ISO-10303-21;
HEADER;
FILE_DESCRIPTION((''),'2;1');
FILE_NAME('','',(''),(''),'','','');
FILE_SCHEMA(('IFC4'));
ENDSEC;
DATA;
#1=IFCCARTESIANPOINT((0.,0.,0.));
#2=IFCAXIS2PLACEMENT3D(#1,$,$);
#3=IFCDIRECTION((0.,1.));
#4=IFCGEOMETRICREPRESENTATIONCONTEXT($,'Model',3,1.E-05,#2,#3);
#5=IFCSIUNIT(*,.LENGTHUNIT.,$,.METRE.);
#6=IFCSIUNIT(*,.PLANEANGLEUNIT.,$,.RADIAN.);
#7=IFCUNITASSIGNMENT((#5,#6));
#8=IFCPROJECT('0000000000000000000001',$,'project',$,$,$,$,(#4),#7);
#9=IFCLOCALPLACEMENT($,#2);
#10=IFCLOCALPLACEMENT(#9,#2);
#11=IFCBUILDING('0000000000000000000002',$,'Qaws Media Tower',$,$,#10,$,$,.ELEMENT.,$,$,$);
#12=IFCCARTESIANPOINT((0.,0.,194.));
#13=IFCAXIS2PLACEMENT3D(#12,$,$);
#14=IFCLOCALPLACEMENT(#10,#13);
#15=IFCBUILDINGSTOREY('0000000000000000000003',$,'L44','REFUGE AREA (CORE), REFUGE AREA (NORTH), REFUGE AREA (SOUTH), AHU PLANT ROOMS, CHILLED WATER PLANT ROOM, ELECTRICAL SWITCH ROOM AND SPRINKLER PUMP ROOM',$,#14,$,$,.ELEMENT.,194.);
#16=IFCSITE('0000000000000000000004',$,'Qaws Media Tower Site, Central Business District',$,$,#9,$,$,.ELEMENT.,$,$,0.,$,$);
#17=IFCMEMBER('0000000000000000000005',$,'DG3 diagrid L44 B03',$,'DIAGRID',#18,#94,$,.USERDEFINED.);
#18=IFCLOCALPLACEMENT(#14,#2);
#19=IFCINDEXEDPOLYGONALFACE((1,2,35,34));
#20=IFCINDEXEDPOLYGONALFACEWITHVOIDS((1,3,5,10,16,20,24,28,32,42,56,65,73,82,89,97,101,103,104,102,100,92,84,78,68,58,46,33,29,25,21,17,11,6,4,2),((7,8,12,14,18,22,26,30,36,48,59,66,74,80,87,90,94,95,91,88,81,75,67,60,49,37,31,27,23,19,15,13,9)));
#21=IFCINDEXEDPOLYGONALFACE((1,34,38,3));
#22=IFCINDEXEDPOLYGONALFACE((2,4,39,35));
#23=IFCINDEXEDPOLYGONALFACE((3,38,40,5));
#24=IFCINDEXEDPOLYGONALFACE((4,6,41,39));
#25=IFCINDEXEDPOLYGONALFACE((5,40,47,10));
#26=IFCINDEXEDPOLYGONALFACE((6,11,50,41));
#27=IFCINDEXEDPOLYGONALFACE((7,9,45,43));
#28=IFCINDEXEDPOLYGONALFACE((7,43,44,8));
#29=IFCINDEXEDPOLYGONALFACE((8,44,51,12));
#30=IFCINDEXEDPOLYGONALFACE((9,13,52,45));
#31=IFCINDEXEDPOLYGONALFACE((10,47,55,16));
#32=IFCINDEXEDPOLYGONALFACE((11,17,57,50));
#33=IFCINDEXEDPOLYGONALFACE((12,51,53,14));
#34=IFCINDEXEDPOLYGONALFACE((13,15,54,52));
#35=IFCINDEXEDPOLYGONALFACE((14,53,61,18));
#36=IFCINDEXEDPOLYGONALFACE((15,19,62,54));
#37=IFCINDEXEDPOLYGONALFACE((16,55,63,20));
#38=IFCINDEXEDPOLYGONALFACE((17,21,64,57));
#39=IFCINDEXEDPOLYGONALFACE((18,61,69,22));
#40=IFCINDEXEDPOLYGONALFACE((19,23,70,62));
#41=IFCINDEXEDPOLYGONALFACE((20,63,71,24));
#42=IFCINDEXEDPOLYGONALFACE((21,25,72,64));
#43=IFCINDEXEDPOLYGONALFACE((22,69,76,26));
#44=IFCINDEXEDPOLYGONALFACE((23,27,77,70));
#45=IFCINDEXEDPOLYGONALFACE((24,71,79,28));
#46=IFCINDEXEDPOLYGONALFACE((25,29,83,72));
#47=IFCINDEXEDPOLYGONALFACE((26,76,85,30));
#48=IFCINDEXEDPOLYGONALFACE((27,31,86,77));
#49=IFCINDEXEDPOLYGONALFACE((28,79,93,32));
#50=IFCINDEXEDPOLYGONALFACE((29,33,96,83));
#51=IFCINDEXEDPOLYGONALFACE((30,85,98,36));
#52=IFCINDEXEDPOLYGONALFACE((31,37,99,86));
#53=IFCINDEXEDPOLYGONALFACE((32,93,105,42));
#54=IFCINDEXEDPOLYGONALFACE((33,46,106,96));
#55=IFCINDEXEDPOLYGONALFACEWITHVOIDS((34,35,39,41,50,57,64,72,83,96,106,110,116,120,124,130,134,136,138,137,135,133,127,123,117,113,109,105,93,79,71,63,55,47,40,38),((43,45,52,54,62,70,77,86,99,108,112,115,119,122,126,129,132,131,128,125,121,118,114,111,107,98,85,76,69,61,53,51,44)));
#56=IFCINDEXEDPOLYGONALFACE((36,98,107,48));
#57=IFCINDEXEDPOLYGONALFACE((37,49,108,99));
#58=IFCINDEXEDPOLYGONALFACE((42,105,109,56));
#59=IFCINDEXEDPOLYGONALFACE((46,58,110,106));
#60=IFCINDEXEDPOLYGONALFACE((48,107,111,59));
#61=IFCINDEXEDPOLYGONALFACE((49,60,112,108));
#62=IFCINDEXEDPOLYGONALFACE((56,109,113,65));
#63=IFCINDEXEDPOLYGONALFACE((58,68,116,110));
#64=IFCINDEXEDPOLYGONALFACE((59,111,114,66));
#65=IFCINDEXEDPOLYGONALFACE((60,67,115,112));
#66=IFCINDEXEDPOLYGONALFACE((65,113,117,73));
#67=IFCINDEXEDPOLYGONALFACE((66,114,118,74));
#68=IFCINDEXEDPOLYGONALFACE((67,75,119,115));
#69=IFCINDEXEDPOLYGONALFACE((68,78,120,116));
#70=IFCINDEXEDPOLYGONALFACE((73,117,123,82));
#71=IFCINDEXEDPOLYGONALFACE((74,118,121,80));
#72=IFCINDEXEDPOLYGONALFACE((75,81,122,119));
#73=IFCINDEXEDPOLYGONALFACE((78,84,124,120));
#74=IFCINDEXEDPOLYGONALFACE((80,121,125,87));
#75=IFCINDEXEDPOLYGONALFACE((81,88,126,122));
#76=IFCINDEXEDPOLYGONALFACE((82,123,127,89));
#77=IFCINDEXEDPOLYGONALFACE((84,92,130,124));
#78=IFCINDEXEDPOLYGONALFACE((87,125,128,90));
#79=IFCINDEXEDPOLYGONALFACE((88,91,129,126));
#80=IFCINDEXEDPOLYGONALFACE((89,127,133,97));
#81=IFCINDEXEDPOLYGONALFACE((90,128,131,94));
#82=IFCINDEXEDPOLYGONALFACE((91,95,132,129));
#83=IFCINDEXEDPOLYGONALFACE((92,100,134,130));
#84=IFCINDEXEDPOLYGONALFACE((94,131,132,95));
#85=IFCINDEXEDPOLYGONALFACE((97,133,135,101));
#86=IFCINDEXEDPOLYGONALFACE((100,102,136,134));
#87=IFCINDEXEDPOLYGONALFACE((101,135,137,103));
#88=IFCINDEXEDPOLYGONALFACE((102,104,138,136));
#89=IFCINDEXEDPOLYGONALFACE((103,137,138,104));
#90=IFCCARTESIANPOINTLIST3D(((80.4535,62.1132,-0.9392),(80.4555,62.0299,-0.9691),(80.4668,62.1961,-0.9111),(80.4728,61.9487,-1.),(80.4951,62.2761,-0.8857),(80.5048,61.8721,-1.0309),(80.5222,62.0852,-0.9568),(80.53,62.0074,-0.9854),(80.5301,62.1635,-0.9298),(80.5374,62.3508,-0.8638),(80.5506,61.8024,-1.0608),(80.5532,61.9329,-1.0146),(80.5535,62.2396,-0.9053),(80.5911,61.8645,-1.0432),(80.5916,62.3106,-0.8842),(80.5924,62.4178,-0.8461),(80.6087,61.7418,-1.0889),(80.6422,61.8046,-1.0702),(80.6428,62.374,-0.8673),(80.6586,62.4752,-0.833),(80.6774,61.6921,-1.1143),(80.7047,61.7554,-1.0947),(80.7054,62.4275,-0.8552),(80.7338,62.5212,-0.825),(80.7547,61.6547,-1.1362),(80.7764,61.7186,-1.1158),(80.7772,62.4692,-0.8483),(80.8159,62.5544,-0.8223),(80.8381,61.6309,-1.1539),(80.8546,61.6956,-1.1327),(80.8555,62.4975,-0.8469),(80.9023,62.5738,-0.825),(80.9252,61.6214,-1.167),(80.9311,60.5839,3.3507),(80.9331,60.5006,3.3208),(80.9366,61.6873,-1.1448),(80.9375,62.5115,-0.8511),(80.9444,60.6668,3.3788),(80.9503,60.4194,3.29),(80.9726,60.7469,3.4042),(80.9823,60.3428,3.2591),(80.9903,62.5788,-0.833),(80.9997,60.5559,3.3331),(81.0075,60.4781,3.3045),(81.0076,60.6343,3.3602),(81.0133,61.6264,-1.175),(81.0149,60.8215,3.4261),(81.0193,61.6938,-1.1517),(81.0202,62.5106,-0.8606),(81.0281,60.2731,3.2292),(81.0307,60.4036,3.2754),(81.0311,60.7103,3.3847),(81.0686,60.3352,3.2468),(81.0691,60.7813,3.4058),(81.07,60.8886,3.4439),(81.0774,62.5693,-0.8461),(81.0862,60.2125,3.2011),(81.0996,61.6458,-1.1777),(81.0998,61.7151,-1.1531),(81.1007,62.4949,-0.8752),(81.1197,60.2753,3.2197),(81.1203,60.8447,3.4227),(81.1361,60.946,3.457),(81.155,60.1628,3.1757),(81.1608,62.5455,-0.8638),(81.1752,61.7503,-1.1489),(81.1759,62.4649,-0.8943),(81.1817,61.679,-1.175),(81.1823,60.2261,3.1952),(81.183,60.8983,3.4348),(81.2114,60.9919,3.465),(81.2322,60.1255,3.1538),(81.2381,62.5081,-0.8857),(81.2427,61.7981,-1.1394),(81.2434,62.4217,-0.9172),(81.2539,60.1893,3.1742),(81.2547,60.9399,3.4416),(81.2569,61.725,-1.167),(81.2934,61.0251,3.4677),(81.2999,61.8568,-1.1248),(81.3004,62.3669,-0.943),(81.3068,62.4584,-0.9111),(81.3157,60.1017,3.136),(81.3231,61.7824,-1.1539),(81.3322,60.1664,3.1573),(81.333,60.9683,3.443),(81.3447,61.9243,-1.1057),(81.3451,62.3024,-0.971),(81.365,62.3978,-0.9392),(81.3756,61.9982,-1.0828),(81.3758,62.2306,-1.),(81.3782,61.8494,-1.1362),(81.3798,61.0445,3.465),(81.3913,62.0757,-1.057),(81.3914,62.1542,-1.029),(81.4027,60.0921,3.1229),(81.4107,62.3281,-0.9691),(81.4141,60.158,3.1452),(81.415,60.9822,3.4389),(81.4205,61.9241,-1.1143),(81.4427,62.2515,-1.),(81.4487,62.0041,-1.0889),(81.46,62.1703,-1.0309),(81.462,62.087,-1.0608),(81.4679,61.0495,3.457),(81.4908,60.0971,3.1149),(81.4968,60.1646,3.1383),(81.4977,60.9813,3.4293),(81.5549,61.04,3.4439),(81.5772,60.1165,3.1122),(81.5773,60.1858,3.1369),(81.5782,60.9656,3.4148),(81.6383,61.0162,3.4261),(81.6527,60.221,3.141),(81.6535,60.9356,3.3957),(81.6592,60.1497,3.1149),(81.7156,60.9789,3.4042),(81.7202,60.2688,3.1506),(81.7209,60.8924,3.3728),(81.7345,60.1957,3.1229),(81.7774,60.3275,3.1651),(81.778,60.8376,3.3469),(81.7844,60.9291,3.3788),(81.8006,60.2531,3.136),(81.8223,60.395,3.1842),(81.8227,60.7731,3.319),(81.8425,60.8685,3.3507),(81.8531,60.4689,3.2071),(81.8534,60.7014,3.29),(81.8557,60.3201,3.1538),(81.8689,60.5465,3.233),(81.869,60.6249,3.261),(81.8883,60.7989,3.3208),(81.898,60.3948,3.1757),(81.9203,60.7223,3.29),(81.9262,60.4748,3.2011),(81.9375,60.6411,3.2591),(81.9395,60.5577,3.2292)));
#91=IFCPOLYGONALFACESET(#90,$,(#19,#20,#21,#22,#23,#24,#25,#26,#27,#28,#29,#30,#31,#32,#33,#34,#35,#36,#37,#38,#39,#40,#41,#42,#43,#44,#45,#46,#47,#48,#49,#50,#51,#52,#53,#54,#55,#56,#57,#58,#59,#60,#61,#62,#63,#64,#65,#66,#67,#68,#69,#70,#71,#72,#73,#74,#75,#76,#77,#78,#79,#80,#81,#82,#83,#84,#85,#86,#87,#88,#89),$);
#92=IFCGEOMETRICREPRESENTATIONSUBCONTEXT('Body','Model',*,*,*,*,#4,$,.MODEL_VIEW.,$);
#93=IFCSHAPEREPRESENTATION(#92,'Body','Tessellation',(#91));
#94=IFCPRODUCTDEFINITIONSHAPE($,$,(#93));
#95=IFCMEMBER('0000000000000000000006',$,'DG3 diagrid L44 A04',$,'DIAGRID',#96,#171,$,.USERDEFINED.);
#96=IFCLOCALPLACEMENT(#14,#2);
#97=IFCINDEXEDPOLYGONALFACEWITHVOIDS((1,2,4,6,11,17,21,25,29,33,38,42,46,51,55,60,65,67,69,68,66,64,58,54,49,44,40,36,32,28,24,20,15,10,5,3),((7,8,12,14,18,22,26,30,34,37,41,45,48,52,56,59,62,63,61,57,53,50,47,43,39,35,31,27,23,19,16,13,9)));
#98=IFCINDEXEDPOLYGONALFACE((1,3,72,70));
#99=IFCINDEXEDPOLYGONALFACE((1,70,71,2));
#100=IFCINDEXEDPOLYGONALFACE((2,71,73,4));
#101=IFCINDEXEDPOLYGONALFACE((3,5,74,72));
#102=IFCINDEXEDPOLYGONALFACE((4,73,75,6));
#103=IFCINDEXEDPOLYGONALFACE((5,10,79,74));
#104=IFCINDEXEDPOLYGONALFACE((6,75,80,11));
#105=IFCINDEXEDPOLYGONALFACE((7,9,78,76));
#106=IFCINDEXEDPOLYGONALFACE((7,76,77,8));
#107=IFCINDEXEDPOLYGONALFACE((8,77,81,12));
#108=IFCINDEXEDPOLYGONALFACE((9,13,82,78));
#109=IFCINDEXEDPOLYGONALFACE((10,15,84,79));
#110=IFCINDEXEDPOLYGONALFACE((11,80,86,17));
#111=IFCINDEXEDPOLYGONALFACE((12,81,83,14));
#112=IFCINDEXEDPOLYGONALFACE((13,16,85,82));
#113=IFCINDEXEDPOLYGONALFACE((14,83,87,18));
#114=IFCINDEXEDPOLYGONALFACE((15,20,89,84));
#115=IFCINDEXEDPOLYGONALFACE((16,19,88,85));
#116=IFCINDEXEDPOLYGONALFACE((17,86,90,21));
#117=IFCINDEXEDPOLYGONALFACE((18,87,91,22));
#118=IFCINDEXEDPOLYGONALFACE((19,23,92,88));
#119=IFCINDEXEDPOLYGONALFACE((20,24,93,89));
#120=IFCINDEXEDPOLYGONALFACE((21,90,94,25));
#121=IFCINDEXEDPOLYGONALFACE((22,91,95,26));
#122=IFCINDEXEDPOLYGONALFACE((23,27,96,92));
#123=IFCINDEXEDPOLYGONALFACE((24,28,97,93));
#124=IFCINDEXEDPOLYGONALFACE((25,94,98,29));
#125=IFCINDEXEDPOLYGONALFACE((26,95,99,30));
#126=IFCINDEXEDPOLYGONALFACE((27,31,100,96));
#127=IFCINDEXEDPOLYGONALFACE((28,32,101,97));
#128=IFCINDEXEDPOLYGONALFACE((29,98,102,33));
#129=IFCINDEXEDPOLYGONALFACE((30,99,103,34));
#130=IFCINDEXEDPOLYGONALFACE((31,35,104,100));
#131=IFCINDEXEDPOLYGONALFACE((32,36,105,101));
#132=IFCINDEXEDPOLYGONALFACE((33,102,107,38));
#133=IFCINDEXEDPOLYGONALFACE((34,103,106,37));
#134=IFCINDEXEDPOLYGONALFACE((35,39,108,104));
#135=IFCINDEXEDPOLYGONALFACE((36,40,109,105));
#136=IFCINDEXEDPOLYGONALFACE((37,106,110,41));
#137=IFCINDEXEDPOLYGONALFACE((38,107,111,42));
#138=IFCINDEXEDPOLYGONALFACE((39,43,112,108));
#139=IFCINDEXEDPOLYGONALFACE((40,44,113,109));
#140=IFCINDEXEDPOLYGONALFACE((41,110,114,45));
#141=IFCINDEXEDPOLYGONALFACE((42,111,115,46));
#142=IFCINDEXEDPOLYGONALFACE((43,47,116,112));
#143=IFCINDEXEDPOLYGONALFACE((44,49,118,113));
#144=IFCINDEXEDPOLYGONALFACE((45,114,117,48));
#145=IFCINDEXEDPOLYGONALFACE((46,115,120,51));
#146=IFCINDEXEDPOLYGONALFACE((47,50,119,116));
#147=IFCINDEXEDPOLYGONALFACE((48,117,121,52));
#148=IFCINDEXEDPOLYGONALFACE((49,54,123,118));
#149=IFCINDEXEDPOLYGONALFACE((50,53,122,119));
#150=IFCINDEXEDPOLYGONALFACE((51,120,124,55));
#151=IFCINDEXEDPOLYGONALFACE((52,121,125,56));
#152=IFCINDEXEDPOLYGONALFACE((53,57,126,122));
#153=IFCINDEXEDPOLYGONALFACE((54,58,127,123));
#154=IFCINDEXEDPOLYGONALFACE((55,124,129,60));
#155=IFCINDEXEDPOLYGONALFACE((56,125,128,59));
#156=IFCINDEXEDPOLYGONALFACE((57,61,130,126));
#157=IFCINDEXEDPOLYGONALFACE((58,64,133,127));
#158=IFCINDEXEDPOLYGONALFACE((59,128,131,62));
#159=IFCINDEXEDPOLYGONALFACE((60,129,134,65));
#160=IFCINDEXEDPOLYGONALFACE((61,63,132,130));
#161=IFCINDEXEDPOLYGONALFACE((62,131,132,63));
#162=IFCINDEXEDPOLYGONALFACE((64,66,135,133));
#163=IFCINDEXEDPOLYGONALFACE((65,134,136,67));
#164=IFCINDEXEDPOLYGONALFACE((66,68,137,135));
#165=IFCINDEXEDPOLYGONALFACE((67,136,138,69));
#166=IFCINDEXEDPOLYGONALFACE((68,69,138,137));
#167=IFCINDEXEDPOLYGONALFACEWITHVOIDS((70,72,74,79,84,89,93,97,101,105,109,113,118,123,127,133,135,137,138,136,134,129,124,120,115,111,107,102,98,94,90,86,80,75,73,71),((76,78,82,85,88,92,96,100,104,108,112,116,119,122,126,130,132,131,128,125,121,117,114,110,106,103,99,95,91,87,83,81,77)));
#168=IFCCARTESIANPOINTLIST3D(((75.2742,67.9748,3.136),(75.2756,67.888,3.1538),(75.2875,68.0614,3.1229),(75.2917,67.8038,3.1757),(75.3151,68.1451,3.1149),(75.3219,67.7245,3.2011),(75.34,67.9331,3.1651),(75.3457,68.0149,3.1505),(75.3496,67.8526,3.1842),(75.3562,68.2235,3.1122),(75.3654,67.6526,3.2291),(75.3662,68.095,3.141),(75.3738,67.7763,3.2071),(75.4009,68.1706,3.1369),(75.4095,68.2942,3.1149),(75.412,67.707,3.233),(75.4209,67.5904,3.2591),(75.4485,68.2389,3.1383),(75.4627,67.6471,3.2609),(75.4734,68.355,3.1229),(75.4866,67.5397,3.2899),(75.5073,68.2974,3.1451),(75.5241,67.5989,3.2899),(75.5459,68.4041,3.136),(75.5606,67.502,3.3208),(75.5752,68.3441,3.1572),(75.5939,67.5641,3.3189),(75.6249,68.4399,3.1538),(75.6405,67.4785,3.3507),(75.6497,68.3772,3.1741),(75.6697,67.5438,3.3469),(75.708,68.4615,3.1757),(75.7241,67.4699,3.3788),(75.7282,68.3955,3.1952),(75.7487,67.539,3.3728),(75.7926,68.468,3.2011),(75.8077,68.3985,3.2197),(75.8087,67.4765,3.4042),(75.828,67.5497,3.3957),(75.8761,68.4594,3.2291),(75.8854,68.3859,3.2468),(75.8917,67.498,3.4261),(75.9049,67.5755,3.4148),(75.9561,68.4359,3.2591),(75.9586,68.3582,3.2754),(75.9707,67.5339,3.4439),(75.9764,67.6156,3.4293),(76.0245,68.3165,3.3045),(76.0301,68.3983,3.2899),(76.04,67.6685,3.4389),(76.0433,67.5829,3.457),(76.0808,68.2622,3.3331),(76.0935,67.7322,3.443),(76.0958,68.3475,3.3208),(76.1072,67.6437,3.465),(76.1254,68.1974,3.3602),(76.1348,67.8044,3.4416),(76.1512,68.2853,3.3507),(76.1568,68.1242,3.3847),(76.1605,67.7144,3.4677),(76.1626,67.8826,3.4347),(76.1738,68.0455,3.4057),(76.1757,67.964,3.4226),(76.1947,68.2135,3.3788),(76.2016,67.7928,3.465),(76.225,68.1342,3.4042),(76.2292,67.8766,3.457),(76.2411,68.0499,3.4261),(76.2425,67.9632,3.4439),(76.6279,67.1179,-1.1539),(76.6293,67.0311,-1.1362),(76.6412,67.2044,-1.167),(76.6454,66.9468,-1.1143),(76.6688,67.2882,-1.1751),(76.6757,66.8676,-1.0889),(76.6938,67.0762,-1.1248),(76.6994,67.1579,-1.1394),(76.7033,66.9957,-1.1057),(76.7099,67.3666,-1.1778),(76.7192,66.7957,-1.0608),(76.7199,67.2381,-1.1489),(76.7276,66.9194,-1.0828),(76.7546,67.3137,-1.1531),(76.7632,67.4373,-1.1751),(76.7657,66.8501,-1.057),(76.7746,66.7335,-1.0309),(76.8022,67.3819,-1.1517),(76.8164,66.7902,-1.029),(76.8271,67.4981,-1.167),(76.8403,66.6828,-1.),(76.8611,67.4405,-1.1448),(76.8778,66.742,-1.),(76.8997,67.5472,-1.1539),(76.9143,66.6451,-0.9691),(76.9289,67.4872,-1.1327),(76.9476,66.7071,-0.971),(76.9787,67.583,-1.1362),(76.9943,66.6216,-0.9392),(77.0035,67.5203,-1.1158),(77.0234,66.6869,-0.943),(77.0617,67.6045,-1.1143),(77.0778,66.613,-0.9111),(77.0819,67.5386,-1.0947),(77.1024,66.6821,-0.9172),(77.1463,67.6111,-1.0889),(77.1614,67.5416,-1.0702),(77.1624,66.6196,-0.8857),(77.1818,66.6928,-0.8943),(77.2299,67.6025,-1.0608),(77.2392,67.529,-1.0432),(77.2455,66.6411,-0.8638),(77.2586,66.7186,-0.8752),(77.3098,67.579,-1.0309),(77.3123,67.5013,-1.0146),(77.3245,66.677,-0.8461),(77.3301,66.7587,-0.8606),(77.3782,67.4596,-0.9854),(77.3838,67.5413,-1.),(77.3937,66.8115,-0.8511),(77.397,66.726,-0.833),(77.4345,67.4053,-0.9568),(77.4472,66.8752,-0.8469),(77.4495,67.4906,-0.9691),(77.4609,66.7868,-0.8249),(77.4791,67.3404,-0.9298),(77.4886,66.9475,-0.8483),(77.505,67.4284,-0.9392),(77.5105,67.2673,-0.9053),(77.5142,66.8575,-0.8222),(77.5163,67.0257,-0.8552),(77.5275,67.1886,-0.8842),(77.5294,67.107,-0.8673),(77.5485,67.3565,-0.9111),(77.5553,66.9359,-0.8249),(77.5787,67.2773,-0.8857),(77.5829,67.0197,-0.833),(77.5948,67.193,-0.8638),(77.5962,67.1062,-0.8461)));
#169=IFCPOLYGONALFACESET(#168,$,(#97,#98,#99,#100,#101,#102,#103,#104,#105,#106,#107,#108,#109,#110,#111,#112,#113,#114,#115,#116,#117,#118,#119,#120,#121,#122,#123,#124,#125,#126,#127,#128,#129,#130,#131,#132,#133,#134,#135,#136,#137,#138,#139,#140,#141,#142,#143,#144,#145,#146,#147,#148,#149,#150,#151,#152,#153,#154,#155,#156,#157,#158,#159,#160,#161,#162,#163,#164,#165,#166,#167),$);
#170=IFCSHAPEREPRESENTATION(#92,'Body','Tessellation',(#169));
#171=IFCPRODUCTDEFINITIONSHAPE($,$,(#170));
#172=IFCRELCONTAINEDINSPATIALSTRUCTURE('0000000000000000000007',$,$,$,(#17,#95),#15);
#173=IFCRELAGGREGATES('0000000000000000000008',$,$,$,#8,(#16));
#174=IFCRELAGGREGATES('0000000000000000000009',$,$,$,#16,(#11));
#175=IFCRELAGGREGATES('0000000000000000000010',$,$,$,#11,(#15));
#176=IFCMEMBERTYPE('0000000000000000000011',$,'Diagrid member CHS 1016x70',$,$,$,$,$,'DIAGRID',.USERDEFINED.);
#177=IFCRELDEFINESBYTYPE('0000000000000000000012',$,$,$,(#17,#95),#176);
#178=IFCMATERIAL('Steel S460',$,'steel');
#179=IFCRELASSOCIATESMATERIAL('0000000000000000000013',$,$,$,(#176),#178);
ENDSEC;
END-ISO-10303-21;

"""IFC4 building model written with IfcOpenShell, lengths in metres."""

from ifc_helpers import new_model, si_unit, direction, frame, origin, origin_2d, place, context, subcontext, project, spatial, hollow_circle, extrude, material, material_profile, profile_set, type_object, element, save


model = new_model("IFC4")

# Units and contexts
model_context = context("Model", 3, precision=1e-05, world=origin(), true_north=direction((0.0, 1.0)))
body_context = subcontext(model_context, "Body", "Model", "MODEL_VIEW")
ifc_project = project(units=[si_unit("LENGTHUNIT", "METRE"), si_unit("PLANEANGLEUNIT", "RADIAN")], contexts=[model_context])

# Site, building, storey
site_placement = place(None, origin())
site = spatial("IfcSite", under=ifc_project, at=site_placement, Name="Qaws Media Tower Site, Central Business District", CompositionType="ELEMENT", RefElevation=0.0)
building_placement = place(site_placement, origin())
building = spatial("IfcBuilding", under=site, at=building_placement, Name="Qaws Media Tower", CompositionType="ELEMENT")
storey_placement = place(building_placement, frame((0.0, 0.0, 194.0)))
storey = spatial("IfcBuildingStorey", under=building, at=storey_placement, Name="L44", Description="REFUGE AREA (CORE), REFUGE AREA (NORTH), REFUGE AREA (SOUTH), AHU PLANT ROOMS, CHILLED WATER PLANT ROOM, ELECTRICAL SWITCH ROOM AND SPRINKLER PUMP ROOM", CompositionType="ELEMENT", Elevation=194.0)

# Members
ifc_material_1 = material(Name="Steel S460", Category="steel")
ifc_material_profile_1 = material_profile(ifc_material_1, hollow_circle(Radius=0.5081, WallThickness=0.0701, at=origin_2d()), Name="CHS 1016x70")
ifc_profile_set_1 = profile_set([ifc_material_profile_1], Name="Steel S460")
member_type_1 = type_object("IfcMemberType", Name="Diagrid member CHS 1016x70", ElementType="DIAGRID", PredefinedType="USERDEFINED", material=ifc_profile_set_1)
for number, where, z_axis, x_axis, name in (
    (1, (80.9578, 62.1001, -1.0), (0.104279, -0.333949, 0.936805), (0.954545, 0.298067, 0.0), "DG3 diagrid L44 B03"),
    (2, (77.1121, 67.1121, -1.0), (-0.295616, 0.187126, 0.936801), (-0.534853, -0.844945, 0.0), "DG3 diagrid L44 A04"),
):
    element("IfcMember", number, at=place(storey_placement, frame(where, z_axis=z_axis, x_axis=x_axis)), inside=storey, type_object=member_type_1, Name=name, ObjectType="DIAGRID", PredefinedType="USERDEFINED", context=body_context, shape_type="SweptSolid", body=[
        extrude(hollow_circle(Radius=0.5081, WallThickness=0.0701, at=origin_2d()), origin(), (0.0, 0.0, 1.0), 4.5793),
    ])

save(model, "model.ifc")
